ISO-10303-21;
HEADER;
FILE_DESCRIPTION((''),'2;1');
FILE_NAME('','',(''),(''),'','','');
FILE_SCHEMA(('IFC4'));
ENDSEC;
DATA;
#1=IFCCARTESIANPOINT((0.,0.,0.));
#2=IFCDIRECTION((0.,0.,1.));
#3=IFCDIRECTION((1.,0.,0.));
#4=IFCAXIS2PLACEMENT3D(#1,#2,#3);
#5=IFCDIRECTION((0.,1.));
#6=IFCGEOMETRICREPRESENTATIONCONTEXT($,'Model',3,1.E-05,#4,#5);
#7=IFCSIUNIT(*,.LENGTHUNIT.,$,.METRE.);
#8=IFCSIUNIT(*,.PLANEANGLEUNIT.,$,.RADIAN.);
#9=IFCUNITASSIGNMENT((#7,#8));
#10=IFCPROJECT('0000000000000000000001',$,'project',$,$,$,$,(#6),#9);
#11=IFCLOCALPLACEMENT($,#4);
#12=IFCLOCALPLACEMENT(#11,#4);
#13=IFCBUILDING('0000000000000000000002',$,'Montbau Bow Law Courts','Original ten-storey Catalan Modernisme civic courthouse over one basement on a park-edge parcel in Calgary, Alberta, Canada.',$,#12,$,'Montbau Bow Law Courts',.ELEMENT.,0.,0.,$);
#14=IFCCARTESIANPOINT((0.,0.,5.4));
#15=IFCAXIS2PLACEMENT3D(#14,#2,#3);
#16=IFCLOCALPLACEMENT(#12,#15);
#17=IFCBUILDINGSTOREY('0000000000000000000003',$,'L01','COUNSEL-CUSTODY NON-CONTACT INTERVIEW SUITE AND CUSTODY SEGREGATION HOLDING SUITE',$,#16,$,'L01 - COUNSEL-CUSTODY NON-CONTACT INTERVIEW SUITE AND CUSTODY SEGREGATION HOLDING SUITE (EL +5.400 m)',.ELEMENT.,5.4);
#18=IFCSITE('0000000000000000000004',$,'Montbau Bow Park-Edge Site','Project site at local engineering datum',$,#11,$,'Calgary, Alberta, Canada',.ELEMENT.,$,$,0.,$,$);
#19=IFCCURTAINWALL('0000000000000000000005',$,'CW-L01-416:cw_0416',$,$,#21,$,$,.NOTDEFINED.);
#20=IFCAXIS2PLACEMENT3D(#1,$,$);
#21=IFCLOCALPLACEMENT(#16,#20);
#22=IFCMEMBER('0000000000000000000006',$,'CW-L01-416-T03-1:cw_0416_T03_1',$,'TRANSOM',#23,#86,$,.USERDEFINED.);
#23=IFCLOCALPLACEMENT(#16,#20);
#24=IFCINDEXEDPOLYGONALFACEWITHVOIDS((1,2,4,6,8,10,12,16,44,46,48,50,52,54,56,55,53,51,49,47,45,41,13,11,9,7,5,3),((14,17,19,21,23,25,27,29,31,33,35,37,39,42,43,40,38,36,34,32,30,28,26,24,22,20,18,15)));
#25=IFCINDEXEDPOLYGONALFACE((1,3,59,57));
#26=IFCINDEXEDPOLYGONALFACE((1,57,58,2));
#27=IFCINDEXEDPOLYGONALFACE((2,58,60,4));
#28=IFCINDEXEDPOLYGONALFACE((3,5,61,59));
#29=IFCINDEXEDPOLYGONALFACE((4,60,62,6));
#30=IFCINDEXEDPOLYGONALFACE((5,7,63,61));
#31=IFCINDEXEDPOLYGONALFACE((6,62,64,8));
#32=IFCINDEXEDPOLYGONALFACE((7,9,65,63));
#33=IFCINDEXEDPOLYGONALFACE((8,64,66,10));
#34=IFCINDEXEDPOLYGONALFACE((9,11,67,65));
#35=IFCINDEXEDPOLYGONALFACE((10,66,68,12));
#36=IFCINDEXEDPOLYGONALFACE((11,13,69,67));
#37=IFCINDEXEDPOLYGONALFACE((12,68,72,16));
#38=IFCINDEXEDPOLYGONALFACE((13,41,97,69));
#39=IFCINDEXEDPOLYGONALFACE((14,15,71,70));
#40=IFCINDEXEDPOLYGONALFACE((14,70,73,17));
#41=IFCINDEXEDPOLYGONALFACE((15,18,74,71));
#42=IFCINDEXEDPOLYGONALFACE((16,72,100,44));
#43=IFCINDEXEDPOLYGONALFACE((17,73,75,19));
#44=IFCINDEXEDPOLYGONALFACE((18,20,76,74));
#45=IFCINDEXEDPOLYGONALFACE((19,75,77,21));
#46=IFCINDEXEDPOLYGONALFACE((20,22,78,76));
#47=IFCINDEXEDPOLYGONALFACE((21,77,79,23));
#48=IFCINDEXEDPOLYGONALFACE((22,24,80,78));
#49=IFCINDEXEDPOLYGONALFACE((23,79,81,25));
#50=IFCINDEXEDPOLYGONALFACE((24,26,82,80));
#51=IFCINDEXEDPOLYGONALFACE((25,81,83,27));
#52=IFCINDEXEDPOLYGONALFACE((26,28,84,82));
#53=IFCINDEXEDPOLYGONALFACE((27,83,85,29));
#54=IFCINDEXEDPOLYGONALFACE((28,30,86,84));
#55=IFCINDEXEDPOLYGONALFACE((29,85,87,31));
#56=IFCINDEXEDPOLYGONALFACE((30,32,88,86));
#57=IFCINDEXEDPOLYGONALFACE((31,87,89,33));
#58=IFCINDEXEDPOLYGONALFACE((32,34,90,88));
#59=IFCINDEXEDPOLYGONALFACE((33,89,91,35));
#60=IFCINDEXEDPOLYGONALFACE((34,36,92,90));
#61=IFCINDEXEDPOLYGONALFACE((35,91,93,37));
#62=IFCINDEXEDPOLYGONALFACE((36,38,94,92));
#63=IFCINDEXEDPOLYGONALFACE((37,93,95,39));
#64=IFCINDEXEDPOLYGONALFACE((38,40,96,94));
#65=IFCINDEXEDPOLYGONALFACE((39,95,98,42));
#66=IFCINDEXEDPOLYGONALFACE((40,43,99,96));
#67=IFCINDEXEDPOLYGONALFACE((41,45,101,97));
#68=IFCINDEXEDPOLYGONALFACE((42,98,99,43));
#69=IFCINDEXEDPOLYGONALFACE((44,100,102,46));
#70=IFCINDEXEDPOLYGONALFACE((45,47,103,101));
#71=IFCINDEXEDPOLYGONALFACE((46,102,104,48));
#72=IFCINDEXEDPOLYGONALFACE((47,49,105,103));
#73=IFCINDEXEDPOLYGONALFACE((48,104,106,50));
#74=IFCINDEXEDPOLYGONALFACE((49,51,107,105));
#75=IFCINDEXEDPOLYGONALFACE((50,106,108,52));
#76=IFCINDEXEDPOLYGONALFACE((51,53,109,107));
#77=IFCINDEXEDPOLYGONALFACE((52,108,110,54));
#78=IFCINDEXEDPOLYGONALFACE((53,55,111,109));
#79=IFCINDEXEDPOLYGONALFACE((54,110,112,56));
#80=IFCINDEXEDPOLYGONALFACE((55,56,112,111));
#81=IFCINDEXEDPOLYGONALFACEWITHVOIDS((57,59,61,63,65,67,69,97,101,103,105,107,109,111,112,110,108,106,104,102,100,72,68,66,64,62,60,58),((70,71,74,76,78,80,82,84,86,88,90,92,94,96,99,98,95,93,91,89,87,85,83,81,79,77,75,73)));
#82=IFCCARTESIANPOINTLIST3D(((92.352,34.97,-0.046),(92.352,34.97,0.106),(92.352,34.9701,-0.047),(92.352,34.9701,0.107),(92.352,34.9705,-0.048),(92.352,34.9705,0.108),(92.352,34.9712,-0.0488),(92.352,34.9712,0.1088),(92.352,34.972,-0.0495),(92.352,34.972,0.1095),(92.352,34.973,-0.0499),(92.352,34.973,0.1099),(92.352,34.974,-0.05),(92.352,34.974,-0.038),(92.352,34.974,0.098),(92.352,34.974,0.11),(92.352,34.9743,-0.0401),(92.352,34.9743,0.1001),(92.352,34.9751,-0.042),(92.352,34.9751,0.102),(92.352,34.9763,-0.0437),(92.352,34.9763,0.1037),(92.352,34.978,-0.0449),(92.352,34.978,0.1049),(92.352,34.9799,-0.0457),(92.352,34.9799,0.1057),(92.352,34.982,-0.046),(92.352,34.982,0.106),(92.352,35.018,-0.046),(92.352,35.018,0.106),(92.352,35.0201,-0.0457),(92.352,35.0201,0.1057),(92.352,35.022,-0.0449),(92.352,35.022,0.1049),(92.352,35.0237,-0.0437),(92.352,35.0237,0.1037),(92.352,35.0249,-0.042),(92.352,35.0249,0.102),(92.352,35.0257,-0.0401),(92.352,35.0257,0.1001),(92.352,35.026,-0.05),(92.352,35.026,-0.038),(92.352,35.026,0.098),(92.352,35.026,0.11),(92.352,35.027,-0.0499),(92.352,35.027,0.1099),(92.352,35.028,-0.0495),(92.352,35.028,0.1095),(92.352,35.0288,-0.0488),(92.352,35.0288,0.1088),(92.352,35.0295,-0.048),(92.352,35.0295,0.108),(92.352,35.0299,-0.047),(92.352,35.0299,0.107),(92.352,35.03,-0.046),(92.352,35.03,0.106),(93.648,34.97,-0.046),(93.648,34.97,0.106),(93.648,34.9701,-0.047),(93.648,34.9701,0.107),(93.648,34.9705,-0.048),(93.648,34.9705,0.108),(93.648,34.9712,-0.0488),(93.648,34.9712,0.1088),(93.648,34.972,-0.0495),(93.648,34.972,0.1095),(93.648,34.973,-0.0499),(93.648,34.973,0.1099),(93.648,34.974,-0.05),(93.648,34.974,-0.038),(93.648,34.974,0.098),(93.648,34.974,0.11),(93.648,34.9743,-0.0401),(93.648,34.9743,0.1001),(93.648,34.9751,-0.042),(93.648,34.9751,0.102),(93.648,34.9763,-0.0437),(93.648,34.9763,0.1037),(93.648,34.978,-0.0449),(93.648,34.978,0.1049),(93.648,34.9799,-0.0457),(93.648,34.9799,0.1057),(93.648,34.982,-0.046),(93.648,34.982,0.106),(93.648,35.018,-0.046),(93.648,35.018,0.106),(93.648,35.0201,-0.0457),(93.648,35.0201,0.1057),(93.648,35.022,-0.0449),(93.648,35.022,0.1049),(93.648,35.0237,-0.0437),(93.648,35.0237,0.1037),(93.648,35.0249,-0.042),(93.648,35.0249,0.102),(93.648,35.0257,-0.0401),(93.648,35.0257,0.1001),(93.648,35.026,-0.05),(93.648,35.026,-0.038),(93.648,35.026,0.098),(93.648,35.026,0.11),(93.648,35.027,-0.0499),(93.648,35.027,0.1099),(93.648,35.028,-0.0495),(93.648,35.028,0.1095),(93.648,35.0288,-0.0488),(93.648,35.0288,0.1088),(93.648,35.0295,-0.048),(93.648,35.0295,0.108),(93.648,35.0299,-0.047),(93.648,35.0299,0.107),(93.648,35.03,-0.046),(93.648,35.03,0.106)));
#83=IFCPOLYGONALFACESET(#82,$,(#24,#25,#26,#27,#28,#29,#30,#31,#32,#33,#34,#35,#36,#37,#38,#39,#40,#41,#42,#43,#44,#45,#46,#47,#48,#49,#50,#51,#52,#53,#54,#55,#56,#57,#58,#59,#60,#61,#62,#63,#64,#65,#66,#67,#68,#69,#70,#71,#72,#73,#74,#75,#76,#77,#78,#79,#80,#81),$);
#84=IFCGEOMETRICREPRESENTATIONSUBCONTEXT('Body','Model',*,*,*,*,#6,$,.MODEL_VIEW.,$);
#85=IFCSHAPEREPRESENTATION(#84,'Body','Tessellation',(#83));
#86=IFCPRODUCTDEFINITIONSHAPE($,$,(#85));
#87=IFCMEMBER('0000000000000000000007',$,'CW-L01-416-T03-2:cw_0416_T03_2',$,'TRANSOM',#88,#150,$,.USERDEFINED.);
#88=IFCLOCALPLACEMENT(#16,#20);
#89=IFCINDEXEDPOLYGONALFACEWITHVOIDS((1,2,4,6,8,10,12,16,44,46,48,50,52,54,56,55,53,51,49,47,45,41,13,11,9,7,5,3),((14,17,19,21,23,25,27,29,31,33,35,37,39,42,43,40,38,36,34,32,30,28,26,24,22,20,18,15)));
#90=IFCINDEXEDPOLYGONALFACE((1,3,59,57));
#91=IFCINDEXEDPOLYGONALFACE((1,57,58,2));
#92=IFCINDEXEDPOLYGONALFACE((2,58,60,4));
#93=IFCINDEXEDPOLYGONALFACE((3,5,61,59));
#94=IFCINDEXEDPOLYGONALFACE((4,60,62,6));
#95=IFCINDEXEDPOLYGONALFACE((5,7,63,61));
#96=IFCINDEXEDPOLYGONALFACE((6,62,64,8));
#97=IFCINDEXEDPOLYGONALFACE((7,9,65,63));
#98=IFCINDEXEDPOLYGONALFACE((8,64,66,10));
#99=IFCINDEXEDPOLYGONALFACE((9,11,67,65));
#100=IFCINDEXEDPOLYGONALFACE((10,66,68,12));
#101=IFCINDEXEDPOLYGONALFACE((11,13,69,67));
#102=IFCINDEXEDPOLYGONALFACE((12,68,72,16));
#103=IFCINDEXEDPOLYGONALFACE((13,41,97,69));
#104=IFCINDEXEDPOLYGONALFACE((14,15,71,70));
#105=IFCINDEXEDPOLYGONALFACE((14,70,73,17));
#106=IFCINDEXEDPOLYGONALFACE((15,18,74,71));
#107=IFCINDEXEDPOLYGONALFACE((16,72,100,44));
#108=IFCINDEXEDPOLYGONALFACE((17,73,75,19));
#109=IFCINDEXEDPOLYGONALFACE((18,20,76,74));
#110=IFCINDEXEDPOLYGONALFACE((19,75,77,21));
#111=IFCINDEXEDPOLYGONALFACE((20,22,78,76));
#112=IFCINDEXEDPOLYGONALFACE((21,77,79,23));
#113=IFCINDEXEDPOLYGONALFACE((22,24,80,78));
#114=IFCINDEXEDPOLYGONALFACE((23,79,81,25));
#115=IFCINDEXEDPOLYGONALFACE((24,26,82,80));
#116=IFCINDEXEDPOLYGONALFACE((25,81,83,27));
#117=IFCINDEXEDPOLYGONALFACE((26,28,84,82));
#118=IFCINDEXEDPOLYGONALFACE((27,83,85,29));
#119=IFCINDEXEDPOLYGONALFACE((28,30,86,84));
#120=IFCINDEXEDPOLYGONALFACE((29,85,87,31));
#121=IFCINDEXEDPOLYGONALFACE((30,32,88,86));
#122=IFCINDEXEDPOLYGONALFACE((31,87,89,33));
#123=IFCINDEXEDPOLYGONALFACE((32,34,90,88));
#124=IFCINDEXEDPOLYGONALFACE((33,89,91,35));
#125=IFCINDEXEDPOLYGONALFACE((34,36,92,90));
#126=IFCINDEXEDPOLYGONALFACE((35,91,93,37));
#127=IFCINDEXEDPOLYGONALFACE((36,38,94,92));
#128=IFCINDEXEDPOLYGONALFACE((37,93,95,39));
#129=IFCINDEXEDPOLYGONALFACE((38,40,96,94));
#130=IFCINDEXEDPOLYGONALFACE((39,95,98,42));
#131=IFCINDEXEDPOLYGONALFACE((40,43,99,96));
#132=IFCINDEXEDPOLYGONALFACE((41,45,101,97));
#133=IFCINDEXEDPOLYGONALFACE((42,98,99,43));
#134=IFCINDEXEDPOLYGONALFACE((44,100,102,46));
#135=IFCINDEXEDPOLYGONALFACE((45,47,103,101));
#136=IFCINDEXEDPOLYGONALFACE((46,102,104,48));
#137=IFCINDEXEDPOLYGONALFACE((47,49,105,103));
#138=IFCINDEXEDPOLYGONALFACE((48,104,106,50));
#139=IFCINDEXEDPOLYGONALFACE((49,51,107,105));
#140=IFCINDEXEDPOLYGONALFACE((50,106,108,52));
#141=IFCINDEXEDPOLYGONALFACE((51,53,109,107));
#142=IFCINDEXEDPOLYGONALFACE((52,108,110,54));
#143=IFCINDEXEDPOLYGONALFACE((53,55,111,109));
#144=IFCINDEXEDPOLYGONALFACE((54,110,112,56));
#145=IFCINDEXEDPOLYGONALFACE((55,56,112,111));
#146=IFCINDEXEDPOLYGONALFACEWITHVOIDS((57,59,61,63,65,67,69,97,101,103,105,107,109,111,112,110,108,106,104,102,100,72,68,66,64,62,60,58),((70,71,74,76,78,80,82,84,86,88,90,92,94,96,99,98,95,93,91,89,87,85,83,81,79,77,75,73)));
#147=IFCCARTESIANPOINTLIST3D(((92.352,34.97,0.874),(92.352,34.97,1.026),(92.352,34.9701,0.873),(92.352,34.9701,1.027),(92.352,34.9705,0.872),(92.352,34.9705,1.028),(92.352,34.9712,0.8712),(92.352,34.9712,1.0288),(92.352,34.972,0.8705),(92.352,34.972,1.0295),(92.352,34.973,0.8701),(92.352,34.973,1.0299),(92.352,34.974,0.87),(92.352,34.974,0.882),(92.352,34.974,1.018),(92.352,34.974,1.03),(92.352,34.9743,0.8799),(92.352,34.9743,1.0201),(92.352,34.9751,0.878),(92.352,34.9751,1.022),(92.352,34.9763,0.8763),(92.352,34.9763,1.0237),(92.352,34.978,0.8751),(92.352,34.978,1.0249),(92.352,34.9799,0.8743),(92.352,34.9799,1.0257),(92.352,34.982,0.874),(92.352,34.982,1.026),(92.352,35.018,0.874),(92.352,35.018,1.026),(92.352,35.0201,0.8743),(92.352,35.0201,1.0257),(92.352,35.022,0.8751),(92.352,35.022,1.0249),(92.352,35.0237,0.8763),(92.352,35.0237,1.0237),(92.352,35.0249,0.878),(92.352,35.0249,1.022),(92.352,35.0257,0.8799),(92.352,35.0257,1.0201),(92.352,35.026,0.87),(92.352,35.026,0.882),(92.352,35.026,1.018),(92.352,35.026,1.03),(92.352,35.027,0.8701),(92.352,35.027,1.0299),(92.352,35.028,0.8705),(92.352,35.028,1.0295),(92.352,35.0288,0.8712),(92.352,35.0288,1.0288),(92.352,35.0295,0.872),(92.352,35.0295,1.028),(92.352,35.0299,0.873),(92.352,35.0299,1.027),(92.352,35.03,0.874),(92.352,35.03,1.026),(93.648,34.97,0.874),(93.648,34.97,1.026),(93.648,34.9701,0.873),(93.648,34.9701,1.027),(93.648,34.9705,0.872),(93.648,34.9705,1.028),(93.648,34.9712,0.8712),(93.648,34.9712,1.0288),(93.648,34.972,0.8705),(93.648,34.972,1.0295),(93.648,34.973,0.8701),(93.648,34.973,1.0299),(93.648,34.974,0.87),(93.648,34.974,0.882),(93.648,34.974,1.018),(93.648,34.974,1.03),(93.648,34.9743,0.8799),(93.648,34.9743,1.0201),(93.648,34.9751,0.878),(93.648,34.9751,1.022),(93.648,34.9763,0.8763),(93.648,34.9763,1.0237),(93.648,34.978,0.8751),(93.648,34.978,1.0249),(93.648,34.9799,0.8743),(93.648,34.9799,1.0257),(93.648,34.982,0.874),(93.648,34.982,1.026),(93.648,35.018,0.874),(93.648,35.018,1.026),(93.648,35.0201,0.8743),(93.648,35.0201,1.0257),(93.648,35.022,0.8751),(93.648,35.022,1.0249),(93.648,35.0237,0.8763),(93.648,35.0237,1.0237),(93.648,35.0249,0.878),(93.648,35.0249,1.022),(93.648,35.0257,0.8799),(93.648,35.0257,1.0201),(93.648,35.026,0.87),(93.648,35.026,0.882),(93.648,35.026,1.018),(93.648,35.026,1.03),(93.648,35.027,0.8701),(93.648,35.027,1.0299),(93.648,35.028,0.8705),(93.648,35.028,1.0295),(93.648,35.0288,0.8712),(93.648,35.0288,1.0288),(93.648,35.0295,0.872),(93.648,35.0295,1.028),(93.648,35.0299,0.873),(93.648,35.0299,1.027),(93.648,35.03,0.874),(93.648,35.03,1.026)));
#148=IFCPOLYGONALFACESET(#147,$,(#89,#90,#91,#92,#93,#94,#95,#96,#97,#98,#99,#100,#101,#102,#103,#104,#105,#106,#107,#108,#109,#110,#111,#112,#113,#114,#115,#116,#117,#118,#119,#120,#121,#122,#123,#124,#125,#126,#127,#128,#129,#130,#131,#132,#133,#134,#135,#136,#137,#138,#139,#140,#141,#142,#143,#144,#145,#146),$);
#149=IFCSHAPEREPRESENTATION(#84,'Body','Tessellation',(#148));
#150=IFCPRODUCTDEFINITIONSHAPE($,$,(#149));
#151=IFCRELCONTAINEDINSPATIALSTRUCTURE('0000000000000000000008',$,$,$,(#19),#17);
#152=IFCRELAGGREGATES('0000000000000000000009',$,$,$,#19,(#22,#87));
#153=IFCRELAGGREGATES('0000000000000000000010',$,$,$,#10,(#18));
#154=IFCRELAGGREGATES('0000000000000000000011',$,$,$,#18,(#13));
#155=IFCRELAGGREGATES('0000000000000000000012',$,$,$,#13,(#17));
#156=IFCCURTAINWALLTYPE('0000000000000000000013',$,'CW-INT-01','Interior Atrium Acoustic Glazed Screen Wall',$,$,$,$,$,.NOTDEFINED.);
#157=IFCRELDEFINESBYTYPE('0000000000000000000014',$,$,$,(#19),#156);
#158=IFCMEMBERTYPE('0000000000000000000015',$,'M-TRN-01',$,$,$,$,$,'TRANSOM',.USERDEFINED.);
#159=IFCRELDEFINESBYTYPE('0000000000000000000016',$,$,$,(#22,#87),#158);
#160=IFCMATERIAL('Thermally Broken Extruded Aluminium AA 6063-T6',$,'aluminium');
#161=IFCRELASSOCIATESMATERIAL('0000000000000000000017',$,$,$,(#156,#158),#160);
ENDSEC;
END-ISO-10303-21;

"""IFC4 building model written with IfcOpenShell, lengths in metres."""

from ifc_helpers import new_model, si_unit, direction, frame, origin_with_axes, origin_2d_with_axis, place, context, subcontext, project, spatial, hollow_rectangle, extrude, material, material_profile, profile_set, type_object, element, aggregate, save


model = new_model("IFC4")

# Units and contexts
model_context = context("Model", 3, precision=1e-05, world=origin_with_axes(), true_north=direction((0.0, 1.0)))
body_context = subcontext(model_context, "Body", "Model", "MODEL_VIEW")
ifc_project = project(units=[si_unit("LENGTHUNIT", "METRE"), si_unit("PLANEANGLEUNIT", "RADIAN")], contexts=[model_context])

# Site, building, storey
site_placement = place(None, origin_with_axes())
site = spatial("IfcSite", under=ifc_project, at=site_placement, Name="Montbau Bow Park-Edge Site", Description="Project site at local engineering datum", LongName="Calgary, Alberta, Canada", CompositionType="ELEMENT", RefElevation=0.0)
building_placement = place(site_placement, origin_with_axes())
building = spatial("IfcBuilding", under=site, at=building_placement, Name="Montbau Bow Law Courts", Description="Original ten-storey Catalan Modernisme civic courthouse over one basement on a park-edge parcel in Calgary, Alberta, Canada.", LongName="Montbau Bow Law Courts", CompositionType="ELEMENT", ElevationOfRefHeight=0.0, ElevationOfTerrain=0.0)
storey_placement = place(building_placement, frame((0.0, 0.0, 5.4), z_axis=(0.0, 0.0, 1.0), x_axis=(1.0, 0.0, 0.0)))
storey = spatial("IfcBuildingStorey", under=building, at=storey_placement, Name="L01", Description="COUNSEL-CUSTODY NON-CONTACT INTERVIEW SUITE AND CUSTODY SEGREGATION HOLDING SUITE", LongName="L01 - COUNSEL-CUSTODY NON-CONTACT INTERVIEW SUITE AND CUSTODY SEGREGATION HOLDING SUITE (EL +5.400 m)", CompositionType="ELEMENT", Elevation=5.4)

# Curtain wall, members
ifc_material_1 = material(Name="Thermally Broken Extruded Aluminium AA 6063-T6", Category="aluminium")
curtain_wall_type = type_object("IfcCurtainWallType", Name="CW-INT-01", Description="Interior Atrium Acoustic Glazed Screen Wall", PredefinedType="NOTDEFINED", material=ifc_material_1)
curtain_wall_placement = place(None, frame((89.6, 35.0, 5.4), z_axis=(0.0, 0.0, 1.0), x_axis=(1.0, 0.0, 0.0)))
curtain_wall = element("IfcCurtainWall", 1, at=curtain_wall_placement, inside=storey, type_object=curtain_wall_type, Name="CW-L01-416:cw_0416", PredefinedType="NOTDEFINED")
ifc_material_profile_1 = material_profile(ifc_material_1, hollow_rectangle(XDim=0.06, YDim=0.16, WallThickness=0.004, InnerFilletRadius=0.008, OuterFilletRadius=0.004, at=origin_2d_with_axis()), Name="CWT-160X60", Category="Main", Priority=0)
ifc_profile_set_1 = profile_set([ifc_material_profile_1], Name="Thermally Broken Extruded Aluminium AA 6063-T6")
member_type_1 = type_object("IfcMemberType", Name="M-TRN-01", ElementType="TRANSOM", PredefinedType="USERDEFINED", material=ifc_profile_set_1)
member_1_placement = place(None, frame((92.352, 35.0, 5.43), z_axis=(1.0, 0.0, 0.0), x_axis=(0.0, 1.0, 0.0)))
member_1 = element("IfcMember", 2, at=member_1_placement, type_object=member_type_1, Name="CW-L01-416-T03-1:cw_0416_T03_1", ObjectType="TRANSOM", PredefinedType="USERDEFINED", context=body_context, shape_type="SweptSolid", body=[
    extrude(hollow_rectangle(XDim=0.06, YDim=0.16, WallThickness=0.004, InnerFilletRadius=0.008, OuterFilletRadius=0.004, at=origin_2d_with_axis()), origin_with_axes(), (0.0, 0.0, 1.0), 1.296),
])
member_2_placement = place(None, frame((92.352, 35.0, 6.35), z_axis=(1.0, 0.0, 0.0), x_axis=(0.0, 1.0, 0.0)))
member_2 = element("IfcMember", 3, at=member_2_placement, type_object=member_type_1, Name="CW-L01-416-T03-2:cw_0416_T03_2", ObjectType="TRANSOM", PredefinedType="USERDEFINED", context=body_context, shape_type="SweptSolid", body=[
    extrude(hollow_rectangle(XDim=0.06, YDim=0.16, WallThickness=0.004, InnerFilletRadius=0.008, OuterFilletRadius=0.004, at=origin_2d_with_axis()), origin_with_axes(), (0.0, 0.0, 1.0), 1.296),
])
aggregate(curtain_wall, [member_1, member_2])

save(model, "model.ifc")
